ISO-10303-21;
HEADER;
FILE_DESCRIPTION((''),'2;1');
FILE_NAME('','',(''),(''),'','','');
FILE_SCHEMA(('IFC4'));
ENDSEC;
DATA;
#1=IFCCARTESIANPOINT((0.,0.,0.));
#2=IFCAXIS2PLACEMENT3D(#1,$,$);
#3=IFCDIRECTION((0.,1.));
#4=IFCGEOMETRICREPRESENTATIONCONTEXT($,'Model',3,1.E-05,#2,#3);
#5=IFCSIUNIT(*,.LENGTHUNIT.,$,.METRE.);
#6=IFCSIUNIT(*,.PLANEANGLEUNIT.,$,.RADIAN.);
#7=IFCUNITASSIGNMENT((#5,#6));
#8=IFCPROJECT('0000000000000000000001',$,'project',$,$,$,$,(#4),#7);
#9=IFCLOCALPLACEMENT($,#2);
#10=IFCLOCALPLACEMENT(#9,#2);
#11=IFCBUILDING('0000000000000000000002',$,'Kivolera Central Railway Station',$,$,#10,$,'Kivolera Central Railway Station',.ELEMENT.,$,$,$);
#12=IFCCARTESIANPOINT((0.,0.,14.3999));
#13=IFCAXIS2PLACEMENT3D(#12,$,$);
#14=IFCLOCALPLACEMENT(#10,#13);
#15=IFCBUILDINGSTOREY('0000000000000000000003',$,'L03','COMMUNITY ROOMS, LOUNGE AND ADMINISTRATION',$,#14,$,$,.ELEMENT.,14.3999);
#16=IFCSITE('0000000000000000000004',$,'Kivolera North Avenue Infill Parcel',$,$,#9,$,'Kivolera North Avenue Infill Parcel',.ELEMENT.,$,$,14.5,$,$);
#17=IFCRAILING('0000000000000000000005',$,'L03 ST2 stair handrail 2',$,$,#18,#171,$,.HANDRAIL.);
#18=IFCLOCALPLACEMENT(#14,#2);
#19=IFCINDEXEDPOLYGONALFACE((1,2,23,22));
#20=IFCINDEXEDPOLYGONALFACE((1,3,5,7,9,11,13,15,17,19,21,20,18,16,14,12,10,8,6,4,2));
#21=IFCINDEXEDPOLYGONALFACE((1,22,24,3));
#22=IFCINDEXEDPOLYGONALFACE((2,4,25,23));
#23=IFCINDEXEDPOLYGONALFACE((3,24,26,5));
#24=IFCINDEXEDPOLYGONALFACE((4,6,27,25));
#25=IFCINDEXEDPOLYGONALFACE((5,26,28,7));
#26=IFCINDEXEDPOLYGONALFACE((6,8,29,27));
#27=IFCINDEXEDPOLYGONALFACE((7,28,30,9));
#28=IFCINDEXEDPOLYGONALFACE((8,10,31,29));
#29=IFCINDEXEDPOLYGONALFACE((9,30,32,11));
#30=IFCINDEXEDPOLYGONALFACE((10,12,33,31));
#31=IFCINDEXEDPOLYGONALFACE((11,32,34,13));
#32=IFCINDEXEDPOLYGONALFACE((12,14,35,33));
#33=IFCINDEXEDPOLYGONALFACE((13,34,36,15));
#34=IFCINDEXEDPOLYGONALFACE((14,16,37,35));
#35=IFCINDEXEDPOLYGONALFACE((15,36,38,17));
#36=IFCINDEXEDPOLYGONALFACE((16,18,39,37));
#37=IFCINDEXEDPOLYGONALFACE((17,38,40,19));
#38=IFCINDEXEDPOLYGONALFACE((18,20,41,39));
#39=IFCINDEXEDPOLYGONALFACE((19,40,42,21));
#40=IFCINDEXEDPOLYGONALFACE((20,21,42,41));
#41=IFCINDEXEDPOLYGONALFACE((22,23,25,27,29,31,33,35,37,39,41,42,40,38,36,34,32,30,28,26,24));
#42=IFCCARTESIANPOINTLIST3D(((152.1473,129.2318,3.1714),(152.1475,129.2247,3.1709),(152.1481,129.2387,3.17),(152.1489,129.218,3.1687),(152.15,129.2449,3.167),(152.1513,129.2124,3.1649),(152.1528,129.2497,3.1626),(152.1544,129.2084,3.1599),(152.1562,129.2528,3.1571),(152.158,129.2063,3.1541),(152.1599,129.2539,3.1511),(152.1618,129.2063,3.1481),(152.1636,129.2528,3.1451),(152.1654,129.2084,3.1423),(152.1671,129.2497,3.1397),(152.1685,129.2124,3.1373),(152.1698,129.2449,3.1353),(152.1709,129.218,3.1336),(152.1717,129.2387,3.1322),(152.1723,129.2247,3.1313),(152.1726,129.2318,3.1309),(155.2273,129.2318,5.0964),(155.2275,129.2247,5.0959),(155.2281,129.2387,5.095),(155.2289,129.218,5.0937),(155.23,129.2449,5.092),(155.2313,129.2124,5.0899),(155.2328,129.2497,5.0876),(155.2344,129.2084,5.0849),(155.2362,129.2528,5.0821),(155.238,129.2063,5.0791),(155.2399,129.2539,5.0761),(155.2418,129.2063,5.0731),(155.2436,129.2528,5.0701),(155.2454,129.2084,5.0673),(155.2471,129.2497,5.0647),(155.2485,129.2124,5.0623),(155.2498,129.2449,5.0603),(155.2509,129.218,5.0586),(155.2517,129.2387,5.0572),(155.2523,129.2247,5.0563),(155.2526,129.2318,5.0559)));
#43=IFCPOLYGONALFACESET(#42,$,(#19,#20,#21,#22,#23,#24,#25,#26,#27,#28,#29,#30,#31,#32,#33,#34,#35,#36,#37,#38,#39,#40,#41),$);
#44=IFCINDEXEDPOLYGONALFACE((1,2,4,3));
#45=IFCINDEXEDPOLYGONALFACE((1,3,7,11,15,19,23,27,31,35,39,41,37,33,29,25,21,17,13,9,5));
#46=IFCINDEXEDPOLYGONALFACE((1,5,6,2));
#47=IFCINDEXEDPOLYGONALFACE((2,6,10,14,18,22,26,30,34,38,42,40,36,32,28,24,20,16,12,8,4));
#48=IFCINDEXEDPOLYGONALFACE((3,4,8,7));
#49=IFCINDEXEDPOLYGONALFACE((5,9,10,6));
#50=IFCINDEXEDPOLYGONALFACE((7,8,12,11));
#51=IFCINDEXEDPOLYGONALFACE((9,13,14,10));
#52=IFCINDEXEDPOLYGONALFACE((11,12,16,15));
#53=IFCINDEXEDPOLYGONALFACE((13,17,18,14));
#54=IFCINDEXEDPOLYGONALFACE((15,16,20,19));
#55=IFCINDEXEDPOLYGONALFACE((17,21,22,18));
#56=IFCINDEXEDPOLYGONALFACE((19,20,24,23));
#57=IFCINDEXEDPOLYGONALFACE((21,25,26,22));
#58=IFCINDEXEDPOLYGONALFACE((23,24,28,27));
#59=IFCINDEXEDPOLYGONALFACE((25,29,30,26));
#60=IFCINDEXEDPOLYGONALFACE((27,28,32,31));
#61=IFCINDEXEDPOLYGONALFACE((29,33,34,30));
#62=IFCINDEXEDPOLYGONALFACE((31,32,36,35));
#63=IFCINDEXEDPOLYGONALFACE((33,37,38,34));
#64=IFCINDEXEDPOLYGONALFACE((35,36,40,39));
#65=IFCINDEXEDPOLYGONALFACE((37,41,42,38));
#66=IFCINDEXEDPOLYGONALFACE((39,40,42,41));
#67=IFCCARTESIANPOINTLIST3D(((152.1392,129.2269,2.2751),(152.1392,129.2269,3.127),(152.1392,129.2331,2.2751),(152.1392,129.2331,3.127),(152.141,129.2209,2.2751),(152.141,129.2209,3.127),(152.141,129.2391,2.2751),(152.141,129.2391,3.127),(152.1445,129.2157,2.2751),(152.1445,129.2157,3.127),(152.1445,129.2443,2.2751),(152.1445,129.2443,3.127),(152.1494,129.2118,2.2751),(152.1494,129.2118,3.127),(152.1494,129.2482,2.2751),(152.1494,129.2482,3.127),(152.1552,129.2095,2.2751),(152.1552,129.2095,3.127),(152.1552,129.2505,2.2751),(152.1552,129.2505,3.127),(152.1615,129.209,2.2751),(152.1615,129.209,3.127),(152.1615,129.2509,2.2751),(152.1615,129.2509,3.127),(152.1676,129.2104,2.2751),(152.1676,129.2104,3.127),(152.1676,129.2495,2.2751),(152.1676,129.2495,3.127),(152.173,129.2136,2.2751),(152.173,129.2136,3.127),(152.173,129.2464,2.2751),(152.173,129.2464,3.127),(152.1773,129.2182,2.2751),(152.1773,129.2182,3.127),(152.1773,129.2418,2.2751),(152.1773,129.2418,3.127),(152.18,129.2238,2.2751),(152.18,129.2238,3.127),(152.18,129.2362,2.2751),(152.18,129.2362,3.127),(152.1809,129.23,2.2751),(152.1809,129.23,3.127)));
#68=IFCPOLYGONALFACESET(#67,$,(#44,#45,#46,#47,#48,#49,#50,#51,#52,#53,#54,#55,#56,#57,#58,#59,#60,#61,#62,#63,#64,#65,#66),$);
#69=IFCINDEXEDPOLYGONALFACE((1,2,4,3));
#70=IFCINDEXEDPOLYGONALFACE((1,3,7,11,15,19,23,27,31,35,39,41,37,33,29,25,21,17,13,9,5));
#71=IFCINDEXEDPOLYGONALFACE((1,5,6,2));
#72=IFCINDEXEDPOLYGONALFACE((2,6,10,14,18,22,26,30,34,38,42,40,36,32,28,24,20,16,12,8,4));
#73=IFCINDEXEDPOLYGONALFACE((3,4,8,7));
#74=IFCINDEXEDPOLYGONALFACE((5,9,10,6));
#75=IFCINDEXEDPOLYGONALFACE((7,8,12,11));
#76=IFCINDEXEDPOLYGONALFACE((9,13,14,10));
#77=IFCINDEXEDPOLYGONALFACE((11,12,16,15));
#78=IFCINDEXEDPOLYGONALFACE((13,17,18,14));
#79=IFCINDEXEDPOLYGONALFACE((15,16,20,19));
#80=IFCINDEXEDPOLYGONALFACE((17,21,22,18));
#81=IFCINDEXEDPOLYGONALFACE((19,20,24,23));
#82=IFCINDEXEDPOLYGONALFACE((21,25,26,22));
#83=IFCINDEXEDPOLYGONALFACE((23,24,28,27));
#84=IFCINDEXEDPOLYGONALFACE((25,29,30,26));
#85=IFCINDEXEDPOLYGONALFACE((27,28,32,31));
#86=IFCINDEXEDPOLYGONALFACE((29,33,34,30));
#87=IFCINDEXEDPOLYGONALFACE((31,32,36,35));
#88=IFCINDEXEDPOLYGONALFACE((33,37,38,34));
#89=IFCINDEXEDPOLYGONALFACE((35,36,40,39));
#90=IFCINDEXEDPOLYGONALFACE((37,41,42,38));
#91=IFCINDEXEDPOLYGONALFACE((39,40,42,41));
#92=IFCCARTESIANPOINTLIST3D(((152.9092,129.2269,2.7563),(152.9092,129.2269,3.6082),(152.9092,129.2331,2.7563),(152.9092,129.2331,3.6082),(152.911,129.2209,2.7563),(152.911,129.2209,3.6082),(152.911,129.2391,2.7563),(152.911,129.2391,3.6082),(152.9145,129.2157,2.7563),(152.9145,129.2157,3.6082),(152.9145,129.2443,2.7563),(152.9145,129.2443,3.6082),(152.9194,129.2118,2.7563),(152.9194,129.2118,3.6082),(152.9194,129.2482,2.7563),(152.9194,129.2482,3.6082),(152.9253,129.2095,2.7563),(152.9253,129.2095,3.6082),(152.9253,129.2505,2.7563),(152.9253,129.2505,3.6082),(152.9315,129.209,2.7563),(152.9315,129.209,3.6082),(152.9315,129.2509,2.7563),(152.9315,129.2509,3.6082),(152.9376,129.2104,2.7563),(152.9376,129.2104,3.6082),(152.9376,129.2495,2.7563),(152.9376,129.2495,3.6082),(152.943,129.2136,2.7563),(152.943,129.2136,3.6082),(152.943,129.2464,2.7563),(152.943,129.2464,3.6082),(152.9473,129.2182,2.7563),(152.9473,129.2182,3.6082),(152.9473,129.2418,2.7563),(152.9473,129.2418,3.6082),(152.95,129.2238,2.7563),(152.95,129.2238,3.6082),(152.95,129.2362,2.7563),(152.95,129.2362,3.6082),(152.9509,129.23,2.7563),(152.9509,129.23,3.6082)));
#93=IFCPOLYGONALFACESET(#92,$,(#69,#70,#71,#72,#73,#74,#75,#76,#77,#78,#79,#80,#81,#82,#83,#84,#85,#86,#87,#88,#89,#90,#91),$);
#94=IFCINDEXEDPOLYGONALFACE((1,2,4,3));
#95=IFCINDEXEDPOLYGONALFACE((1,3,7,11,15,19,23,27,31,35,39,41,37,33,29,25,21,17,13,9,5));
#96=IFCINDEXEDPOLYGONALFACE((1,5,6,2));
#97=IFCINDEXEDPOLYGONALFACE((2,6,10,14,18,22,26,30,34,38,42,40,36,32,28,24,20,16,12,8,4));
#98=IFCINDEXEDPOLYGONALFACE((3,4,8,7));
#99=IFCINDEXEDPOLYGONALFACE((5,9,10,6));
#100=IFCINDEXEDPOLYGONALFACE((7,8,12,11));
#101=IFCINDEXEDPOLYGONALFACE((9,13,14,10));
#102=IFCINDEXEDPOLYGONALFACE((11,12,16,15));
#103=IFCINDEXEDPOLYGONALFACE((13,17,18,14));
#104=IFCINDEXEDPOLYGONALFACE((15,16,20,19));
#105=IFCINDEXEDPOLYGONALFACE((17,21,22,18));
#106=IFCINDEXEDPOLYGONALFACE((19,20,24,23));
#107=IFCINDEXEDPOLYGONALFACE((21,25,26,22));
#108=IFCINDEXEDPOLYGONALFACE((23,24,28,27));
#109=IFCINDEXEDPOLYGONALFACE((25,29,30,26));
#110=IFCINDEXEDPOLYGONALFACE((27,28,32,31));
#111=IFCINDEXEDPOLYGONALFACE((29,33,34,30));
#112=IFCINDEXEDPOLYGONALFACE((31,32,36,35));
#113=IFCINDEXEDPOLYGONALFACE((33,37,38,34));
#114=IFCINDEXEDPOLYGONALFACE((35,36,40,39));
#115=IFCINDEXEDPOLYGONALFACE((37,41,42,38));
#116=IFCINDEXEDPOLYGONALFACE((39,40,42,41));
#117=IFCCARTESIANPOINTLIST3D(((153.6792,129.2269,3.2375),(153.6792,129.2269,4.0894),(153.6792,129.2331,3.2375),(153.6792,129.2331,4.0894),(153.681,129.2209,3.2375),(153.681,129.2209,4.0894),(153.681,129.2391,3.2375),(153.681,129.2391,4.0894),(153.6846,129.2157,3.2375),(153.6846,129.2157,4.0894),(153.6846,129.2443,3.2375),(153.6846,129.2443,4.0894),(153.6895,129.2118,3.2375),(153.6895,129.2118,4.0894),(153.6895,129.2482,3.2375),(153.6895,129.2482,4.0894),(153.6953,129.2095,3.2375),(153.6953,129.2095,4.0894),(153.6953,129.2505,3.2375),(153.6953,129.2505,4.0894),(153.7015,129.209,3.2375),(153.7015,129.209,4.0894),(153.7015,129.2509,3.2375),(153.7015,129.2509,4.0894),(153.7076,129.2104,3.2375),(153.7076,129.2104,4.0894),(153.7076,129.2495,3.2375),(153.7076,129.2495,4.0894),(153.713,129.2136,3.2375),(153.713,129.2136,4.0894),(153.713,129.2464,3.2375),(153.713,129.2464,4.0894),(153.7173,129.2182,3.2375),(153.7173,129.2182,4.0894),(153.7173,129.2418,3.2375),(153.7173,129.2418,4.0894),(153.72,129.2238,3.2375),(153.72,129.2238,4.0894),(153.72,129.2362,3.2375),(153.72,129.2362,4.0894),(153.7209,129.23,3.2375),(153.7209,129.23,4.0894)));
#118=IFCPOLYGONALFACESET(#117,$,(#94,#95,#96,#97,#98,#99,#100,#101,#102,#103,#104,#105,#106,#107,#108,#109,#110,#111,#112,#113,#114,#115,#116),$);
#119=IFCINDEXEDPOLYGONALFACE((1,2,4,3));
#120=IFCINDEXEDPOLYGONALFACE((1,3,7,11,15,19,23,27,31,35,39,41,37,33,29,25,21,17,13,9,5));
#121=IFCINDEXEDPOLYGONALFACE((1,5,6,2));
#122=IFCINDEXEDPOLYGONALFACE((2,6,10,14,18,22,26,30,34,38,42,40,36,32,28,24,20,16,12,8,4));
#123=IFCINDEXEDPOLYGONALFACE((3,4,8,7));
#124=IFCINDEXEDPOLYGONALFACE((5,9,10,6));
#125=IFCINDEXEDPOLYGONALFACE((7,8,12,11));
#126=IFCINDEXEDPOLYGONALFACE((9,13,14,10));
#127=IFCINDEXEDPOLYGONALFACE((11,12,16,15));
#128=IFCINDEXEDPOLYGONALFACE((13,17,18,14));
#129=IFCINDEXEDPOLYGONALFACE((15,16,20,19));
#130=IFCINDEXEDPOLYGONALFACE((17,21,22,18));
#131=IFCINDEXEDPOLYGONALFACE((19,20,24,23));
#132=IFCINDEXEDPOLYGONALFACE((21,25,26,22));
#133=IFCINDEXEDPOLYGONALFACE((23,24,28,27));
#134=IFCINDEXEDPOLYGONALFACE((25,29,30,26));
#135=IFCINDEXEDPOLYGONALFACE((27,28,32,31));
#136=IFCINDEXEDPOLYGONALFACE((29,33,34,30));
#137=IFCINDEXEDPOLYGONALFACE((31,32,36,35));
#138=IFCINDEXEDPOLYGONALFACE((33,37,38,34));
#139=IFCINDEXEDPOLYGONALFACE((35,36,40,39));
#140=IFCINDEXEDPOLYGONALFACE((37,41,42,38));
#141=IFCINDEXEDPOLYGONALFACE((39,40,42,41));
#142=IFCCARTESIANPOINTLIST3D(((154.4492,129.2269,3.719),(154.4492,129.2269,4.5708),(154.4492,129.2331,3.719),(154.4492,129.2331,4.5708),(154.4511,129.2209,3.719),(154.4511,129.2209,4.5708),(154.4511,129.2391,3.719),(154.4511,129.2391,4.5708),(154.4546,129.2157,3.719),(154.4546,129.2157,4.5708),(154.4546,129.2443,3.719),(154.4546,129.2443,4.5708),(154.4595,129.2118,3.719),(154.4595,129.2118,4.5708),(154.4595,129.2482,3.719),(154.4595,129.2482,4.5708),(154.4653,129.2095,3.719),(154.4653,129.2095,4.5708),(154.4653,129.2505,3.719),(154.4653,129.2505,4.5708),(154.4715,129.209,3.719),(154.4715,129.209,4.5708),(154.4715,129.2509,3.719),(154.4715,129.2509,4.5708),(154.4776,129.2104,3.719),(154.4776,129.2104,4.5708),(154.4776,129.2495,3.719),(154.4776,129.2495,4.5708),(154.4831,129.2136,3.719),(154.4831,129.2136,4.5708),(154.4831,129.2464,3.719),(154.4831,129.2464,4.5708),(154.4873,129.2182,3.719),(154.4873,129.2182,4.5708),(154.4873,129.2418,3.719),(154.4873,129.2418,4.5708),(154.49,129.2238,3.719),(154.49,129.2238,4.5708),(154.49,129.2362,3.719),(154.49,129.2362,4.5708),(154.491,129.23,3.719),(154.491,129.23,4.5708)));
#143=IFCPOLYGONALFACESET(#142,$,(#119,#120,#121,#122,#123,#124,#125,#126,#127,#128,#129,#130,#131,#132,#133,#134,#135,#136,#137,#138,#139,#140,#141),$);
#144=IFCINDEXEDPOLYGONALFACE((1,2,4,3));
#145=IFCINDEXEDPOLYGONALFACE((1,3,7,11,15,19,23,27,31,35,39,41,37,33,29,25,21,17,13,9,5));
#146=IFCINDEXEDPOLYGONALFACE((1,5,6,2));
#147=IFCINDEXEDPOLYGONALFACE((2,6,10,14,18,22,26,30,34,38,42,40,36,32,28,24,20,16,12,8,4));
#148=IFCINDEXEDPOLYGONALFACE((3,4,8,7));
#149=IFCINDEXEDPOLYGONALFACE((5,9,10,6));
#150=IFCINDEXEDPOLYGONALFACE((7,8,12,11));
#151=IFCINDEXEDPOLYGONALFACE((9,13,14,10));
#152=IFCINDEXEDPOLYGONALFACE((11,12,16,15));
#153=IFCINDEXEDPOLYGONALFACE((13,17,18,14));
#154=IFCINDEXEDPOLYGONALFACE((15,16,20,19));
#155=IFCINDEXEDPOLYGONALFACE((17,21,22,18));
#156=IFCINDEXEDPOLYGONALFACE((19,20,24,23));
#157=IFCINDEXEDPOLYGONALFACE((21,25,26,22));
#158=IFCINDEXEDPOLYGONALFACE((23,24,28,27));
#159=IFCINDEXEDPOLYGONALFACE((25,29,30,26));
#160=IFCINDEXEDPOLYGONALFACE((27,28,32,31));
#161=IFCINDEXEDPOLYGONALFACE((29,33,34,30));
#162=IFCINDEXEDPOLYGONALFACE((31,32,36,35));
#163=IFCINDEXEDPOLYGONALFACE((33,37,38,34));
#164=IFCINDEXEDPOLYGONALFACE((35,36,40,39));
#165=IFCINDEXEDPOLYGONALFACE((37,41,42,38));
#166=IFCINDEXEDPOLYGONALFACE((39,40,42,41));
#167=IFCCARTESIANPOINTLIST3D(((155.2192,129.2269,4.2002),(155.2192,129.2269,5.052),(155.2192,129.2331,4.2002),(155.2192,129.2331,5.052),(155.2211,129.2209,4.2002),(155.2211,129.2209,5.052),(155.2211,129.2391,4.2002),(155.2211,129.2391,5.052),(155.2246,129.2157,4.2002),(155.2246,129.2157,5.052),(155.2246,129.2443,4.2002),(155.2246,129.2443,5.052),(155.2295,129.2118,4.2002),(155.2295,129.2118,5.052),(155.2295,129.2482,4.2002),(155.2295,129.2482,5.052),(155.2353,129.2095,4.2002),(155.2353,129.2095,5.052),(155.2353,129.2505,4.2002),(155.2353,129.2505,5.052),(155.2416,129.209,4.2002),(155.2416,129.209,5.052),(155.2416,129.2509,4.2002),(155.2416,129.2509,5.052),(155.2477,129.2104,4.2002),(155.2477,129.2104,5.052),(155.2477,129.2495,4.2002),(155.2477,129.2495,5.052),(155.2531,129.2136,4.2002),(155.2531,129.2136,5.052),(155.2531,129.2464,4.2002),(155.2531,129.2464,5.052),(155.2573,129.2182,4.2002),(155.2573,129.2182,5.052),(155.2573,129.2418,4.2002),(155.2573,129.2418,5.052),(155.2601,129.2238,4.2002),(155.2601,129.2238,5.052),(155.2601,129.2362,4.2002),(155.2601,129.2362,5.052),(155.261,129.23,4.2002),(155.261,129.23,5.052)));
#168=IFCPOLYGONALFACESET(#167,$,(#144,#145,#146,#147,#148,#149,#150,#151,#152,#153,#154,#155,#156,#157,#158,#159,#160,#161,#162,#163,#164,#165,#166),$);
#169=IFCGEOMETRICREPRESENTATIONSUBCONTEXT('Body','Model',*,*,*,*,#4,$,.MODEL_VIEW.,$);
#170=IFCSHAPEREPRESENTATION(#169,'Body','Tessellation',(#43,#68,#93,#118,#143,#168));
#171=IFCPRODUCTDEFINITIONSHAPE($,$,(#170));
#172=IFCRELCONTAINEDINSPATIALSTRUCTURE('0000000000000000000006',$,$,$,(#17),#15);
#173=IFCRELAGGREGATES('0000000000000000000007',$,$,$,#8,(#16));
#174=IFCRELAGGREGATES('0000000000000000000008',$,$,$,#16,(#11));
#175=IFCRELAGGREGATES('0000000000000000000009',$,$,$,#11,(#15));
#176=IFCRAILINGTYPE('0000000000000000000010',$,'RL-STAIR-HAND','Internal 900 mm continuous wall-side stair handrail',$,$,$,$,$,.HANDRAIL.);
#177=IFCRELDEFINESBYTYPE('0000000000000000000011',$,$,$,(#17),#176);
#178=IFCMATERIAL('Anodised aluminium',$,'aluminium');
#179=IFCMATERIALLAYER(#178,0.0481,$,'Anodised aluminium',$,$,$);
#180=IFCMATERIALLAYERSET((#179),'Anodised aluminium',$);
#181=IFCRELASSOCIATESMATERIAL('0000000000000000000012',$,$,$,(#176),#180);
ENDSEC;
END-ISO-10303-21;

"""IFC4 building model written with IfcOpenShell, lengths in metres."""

from ifc_helpers import new_model, si_unit, direction, frame, origin, origin_2d, place, context, subcontext, project, spatial, circle, extrude, material, layer, layer_set, type_object, element, save


model = new_model("IFC4")

# Units and contexts
model_context = context("Model", 3, precision=1e-05, world=origin(), true_north=direction((0.0, 1.0)))
body_context = subcontext(model_context, "Body", "Model", "MODEL_VIEW")
ifc_project = project(units=[si_unit("LENGTHUNIT", "METRE"), si_unit("PLANEANGLEUNIT", "RADIAN")], contexts=[model_context])

# Site, building, storey
site_placement = place(None, origin())
site = spatial("IfcSite", under=ifc_project, at=site_placement, Name="Kivolera North Avenue Infill Parcel", LongName="Kivolera North Avenue Infill Parcel", CompositionType="ELEMENT", RefElevation=14.5)
building_placement = place(site_placement, origin())
building = spatial("IfcBuilding", under=site, at=building_placement, Name="Kivolera Central Railway Station", LongName="Kivolera Central Railway Station", CompositionType="ELEMENT")
storey_placement = place(building_placement, frame((0.0, 0.0, 14.3999)))
storey = spatial("IfcBuildingStorey", under=building, at=storey_placement, Name="L03", Description="COMMUNITY ROOMS, LOUNGE AND ADMINISTRATION", CompositionType="ELEMENT", Elevation=14.3999)

# Railing
ifc_material_1 = material(Name="Anodised aluminium", Category="aluminium")
ifc_layer_1 = layer(ifc_material_1, 0.0481, Name="Anodised aluminium")
ifc_layer_set_1 = layer_set([ifc_layer_1], Name="Anodised aluminium")
railing_type_1 = type_object("IfcRailingType", Name="RL-STAIR-HAND", Description="Internal 900 mm continuous wall-side stair handrail", PredefinedType="HANDRAIL", material=ifc_layer_set_1)
railing_1_placement = place(storey_placement, frame((152.1599, 129.23, 2.2751)))
element("IfcRailing", 1, at=railing_1_placement, inside=storey, type_object=railing_type_1, Name="L03 ST2 stair handrail 2", PredefinedType="HANDRAIL", context=body_context, shape_type="SweptSolid", body=[
    extrude(circle(Radius=0.0239, at=origin_2d()), frame((0.0, 0.0, 0.876), z_axis=(0.847998, 0.0, 0.529999), x_axis=(0.0, 1.0, 0.0)), (0.0, 0.0, 1.0), 3.6321),
    extrude(circle(Radius=0.021, at=origin_2d()), origin(), (0.0, 0.0, 1.0), 0.8518),
    extrude(circle(Radius=0.021, at=origin_2d()), frame((0.77, 0.0, 0.4812)), (0.0, 0.0, 1.0), 0.8518),
    extrude(circle(Radius=0.021, at=origin_2d()), frame((1.54, 0.0, 0.9624)), (0.0, 0.0, 1.0), 0.8518),
    extrude(circle(Radius=0.021, at=origin_2d()), frame((2.3101, 0.0, 1.4438)), (0.0, 0.0, 1.0), 0.8518),
    extrude(circle(Radius=0.021, at=origin_2d()), frame((3.0801, 0.0, 1.925)), (0.0, 0.0, 1.0), 0.8518),
])

save(model, "model.ifc")
